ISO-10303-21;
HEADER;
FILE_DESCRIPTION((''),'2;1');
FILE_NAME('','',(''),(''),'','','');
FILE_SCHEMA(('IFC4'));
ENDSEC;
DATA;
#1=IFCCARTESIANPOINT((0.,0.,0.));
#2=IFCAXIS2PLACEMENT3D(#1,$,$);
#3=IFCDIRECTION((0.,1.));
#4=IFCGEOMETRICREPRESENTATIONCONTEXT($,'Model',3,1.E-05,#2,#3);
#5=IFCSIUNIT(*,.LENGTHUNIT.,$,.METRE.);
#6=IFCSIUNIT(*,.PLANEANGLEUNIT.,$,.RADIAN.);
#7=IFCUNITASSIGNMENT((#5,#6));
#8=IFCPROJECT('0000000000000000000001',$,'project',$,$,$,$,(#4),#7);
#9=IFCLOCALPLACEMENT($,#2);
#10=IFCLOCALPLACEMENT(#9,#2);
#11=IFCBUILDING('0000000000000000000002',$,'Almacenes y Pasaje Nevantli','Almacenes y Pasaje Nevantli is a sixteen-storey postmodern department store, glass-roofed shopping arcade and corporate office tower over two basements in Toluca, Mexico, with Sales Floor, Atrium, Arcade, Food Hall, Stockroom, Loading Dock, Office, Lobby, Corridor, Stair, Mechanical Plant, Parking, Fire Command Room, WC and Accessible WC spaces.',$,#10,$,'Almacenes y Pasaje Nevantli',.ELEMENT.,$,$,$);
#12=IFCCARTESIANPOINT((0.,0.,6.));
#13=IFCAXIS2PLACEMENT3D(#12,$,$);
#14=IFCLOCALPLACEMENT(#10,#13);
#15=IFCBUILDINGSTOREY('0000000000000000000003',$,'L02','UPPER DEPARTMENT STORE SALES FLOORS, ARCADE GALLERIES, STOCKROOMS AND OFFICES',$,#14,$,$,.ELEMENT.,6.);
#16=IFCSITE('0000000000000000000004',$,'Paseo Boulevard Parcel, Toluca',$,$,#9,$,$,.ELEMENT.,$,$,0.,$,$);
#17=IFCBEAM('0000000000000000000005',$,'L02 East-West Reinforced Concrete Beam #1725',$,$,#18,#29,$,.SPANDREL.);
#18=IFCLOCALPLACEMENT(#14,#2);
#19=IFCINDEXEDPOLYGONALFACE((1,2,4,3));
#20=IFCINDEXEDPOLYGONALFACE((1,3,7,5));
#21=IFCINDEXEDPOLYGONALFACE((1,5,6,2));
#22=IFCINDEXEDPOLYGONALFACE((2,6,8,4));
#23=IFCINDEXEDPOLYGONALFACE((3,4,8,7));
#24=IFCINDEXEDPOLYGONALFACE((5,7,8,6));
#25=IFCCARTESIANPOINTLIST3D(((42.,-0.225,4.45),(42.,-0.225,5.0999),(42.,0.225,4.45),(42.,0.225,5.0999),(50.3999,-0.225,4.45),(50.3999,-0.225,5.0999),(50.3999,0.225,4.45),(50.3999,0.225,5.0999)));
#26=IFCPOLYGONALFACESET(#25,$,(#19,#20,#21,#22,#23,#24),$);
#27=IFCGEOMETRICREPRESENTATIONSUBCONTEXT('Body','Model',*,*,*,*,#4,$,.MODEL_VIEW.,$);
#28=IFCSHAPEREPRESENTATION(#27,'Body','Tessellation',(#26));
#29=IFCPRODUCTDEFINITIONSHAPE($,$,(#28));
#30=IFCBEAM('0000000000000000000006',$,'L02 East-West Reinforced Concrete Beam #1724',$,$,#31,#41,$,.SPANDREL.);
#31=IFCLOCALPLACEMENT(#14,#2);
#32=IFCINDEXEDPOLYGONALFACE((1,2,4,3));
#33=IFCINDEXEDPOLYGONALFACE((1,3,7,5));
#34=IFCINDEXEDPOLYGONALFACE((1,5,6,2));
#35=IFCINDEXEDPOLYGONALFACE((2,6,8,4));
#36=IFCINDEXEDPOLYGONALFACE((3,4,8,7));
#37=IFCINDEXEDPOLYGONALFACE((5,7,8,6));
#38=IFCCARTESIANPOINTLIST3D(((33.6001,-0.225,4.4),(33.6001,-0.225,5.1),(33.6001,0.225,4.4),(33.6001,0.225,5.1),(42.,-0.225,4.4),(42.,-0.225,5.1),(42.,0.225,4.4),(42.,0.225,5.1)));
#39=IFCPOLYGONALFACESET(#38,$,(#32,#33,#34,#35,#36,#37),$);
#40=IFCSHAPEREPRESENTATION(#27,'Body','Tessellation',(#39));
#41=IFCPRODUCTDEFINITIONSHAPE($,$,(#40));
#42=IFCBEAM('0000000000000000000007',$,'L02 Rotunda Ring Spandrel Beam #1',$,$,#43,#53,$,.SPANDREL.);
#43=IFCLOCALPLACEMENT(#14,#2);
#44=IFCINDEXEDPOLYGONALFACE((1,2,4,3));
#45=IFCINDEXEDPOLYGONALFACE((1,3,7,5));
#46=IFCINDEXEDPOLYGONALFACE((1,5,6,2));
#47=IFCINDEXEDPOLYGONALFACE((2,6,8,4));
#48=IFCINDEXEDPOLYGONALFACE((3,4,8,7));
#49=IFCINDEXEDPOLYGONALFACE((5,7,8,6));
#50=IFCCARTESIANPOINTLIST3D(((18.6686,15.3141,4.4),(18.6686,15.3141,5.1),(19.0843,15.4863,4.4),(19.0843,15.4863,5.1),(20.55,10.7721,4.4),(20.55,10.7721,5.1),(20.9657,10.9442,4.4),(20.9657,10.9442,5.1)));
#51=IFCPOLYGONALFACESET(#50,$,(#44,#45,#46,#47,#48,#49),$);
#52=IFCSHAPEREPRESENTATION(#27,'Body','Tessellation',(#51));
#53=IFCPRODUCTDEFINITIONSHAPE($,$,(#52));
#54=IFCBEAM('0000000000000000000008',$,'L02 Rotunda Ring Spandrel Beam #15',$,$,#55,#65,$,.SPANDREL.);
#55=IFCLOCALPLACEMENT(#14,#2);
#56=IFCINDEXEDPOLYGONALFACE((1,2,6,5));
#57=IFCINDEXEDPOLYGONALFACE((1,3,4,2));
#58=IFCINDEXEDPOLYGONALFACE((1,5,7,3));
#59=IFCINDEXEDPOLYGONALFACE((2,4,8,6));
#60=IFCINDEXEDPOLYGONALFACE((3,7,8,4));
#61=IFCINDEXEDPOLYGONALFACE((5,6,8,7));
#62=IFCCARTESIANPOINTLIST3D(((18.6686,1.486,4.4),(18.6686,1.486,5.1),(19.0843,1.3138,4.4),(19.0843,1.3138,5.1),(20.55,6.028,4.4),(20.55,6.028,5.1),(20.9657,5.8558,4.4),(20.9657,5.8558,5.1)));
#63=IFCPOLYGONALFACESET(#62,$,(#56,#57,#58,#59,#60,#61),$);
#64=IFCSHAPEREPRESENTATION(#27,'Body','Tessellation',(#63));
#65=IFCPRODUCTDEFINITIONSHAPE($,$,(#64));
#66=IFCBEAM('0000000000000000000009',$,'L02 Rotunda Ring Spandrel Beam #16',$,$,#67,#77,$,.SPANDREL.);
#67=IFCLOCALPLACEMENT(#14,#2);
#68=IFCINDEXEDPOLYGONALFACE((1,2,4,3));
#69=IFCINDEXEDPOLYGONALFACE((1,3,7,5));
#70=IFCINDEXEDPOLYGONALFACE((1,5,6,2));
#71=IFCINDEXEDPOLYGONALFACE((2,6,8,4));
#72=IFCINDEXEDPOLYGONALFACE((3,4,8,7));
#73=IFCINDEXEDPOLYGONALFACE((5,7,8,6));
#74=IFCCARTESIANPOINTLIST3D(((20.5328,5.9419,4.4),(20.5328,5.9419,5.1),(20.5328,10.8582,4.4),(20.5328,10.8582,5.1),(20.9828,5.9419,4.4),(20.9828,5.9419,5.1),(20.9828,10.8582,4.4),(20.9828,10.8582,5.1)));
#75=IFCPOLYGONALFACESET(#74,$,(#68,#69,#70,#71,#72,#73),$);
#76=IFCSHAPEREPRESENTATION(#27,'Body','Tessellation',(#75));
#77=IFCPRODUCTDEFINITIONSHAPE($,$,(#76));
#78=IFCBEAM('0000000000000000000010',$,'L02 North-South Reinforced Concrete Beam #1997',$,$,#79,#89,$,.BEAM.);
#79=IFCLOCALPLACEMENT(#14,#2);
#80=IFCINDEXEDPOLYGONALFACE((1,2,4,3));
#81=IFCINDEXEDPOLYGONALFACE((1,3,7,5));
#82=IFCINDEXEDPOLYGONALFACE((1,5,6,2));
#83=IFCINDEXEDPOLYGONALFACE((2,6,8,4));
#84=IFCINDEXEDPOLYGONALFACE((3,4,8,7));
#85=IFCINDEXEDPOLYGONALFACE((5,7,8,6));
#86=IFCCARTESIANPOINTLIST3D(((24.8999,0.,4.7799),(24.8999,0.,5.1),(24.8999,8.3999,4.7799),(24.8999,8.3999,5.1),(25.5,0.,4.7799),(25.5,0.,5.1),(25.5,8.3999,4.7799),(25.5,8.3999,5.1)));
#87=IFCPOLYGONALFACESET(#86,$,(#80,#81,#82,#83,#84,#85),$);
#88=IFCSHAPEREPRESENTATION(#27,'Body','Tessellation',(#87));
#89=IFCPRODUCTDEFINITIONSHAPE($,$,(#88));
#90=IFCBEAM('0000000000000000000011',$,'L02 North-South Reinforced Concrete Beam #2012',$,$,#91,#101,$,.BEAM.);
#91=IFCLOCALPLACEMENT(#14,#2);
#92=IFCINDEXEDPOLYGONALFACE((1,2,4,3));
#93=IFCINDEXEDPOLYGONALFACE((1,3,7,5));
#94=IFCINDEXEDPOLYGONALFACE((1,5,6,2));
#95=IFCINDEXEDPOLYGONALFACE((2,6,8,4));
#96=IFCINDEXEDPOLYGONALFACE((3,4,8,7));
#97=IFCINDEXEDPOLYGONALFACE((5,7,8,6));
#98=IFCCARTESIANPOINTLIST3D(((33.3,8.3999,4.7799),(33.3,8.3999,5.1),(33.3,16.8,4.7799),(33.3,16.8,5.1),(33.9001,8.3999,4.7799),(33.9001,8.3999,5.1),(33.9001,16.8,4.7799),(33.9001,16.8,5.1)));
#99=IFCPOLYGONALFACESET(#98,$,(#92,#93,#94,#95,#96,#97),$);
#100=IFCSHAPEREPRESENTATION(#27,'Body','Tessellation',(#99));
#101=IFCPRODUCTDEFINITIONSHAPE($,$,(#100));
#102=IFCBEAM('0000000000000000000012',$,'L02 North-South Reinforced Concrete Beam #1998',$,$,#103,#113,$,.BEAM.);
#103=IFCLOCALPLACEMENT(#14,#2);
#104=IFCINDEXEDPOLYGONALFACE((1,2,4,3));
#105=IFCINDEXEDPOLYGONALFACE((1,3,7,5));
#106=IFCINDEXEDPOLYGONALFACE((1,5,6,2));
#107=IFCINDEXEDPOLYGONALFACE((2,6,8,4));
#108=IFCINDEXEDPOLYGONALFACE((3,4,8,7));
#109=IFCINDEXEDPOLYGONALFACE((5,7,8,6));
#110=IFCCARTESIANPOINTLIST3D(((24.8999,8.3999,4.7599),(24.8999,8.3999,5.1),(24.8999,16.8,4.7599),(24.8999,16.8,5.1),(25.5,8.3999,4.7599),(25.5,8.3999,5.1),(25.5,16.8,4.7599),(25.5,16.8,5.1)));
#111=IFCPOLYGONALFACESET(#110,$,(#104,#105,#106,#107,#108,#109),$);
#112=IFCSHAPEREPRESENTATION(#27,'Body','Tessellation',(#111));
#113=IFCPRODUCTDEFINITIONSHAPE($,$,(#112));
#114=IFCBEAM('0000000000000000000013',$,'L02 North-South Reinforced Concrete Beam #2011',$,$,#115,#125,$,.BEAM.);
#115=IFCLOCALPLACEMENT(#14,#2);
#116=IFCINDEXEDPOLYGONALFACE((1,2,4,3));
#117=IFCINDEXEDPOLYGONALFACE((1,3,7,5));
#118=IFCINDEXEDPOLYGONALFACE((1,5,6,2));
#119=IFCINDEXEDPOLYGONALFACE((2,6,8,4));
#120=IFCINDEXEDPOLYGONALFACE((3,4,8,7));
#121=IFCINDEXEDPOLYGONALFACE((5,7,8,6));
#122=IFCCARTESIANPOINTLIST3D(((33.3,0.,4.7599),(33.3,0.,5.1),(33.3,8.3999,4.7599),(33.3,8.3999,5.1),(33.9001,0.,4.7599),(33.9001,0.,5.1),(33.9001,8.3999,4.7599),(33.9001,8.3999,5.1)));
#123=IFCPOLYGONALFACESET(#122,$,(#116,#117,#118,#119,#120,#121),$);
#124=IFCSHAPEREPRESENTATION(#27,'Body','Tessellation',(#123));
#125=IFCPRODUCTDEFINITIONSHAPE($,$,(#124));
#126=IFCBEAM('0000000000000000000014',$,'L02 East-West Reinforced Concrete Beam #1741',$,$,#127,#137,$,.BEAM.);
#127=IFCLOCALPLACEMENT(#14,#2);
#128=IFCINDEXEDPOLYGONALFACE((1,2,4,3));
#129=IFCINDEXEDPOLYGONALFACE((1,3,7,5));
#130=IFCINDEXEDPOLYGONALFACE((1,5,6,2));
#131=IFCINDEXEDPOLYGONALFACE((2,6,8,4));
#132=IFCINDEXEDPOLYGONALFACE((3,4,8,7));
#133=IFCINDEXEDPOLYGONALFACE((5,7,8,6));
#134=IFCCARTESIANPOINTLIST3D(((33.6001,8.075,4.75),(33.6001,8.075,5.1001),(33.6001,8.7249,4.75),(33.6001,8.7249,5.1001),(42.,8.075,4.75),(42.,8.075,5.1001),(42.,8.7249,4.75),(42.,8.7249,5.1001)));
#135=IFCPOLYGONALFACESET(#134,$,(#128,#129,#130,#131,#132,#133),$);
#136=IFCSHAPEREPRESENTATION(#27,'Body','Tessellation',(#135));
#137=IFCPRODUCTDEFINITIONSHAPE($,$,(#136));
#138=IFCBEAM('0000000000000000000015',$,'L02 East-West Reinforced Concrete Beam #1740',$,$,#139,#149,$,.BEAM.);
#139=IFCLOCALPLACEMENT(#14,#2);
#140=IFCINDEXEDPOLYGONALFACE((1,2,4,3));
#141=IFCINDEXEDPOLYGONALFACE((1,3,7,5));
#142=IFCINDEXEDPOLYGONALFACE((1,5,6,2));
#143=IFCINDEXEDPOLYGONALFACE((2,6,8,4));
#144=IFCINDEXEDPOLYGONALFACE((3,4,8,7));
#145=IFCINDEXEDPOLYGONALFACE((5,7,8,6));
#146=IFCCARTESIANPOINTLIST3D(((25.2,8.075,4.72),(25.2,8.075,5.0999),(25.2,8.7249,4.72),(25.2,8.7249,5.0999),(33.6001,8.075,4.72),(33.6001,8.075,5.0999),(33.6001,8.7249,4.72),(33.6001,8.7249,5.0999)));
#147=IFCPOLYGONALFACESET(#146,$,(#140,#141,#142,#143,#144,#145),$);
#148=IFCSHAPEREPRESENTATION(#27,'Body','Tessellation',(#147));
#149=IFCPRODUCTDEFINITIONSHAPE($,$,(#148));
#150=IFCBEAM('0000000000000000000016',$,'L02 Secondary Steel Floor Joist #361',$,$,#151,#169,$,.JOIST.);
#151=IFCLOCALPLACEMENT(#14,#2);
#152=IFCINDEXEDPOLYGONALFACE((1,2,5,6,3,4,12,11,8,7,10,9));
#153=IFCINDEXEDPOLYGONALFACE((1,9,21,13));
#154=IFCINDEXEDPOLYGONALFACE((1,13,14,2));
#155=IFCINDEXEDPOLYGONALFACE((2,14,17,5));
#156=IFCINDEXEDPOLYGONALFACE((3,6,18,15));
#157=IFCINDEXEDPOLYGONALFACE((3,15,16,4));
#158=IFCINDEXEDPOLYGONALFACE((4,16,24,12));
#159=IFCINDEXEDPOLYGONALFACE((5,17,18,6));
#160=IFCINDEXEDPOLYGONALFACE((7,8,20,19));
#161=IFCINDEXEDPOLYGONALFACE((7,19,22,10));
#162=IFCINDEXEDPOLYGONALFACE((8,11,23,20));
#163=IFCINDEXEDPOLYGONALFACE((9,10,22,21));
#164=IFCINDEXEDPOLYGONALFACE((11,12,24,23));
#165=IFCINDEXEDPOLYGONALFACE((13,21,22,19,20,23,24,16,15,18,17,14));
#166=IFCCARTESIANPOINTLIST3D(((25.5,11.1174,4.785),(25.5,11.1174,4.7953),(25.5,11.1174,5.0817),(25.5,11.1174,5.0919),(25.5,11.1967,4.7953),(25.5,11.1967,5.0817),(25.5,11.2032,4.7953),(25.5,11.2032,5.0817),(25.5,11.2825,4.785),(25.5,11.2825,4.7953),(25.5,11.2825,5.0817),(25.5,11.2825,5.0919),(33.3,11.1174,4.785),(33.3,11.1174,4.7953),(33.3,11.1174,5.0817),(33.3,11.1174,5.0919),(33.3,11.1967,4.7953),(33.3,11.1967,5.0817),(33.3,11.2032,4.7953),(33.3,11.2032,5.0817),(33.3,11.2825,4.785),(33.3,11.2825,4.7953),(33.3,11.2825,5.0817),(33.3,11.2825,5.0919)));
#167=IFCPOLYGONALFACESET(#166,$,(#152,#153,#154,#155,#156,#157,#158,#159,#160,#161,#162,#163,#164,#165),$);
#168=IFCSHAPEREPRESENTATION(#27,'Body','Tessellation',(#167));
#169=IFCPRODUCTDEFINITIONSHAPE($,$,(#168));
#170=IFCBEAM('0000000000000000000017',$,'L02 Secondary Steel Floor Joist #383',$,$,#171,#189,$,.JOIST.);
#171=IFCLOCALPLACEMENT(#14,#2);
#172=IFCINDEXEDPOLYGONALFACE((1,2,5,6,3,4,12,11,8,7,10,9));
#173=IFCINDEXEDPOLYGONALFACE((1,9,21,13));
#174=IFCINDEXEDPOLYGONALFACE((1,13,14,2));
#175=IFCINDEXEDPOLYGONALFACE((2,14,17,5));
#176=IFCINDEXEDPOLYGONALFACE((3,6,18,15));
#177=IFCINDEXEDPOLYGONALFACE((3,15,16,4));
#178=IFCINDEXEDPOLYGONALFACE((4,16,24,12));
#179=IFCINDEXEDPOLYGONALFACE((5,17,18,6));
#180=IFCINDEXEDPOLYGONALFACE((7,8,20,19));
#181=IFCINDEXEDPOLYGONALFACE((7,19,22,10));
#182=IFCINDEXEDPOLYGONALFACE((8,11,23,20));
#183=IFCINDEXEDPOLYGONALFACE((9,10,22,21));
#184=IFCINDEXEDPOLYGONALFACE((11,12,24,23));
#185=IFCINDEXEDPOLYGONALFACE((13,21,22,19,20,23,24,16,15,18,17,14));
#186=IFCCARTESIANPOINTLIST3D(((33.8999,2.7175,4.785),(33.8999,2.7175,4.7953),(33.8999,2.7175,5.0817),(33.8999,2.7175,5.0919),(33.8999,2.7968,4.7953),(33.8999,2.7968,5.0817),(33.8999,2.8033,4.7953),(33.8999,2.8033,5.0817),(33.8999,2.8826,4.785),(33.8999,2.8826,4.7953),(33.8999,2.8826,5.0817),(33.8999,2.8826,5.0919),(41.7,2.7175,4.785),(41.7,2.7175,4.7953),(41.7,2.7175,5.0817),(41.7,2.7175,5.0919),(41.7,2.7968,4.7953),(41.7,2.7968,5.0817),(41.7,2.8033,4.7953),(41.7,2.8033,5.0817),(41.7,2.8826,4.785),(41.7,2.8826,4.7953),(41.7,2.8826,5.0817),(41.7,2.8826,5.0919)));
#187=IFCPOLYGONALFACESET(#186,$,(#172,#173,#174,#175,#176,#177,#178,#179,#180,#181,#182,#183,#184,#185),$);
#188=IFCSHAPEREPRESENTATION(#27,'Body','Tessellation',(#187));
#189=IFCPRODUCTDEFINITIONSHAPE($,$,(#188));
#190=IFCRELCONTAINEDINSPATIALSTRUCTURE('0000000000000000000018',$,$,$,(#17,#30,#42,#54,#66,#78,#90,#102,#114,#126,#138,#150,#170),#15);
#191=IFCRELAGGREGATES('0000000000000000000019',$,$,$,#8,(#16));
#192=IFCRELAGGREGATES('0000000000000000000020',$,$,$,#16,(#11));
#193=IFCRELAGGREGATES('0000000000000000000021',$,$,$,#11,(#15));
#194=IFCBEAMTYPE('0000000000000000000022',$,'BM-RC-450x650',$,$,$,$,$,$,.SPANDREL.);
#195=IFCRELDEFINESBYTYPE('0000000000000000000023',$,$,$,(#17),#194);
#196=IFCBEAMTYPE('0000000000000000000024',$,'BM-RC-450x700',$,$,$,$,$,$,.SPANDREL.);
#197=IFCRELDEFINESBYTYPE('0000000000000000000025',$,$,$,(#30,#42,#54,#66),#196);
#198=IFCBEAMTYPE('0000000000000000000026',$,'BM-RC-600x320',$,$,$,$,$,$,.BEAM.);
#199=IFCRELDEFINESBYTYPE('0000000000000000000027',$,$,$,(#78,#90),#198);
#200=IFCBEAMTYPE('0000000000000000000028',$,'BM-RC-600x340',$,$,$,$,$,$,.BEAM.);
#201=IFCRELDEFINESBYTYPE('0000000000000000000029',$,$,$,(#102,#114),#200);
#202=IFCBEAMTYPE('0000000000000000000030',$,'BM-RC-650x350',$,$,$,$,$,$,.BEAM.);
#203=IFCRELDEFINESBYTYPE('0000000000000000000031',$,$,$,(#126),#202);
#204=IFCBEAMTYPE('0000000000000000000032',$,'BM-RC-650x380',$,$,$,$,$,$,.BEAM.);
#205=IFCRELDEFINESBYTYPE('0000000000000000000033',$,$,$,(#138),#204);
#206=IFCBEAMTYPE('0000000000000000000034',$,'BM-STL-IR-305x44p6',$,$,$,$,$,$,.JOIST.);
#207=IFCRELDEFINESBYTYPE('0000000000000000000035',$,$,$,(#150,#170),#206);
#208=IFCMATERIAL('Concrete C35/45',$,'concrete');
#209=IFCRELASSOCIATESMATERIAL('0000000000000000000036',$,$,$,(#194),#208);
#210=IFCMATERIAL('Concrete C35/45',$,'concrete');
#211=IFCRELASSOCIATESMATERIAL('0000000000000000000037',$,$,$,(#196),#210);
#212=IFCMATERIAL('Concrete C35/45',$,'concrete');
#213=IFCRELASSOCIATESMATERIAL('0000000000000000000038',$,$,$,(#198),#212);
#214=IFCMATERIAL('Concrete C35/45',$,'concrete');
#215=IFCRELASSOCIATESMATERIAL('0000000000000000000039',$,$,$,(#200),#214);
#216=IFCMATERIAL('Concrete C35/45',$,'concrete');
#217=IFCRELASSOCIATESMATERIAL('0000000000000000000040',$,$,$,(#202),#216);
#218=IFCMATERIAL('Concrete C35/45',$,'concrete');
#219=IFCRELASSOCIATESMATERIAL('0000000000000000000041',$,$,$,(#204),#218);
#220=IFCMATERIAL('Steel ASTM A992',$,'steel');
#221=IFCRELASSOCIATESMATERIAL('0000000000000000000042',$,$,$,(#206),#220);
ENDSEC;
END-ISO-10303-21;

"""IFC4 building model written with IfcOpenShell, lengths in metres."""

from ifc_helpers import new_model, si_unit, direction, frame, origin, origin_2d, place, context, subcontext, project, spatial, rectangle, i_section, extrude, material, material_profile, profile_set, type_object, element, save


model = new_model("IFC4")

# Units and contexts
model_context = context("Model", 3, precision=1e-05, world=origin(), true_north=direction((0.0, 1.0)))
body_context = subcontext(model_context, "Body", "Model", "MODEL_VIEW")
ifc_project = project(units=[si_unit("LENGTHUNIT", "METRE"), si_unit("PLANEANGLEUNIT", "RADIAN")], contexts=[model_context])

# Site, building, storey
site_placement = place(None, origin())
site = spatial("IfcSite", under=ifc_project, at=site_placement, Name="Paseo Boulevard Parcel, Toluca", CompositionType="ELEMENT", RefElevation=0.0)
building_placement = place(site_placement, origin())
building = spatial("IfcBuilding", under=site, at=building_placement, Name="Almacenes y Pasaje Nevantli", Description="Almacenes y Pasaje Nevantli is a sixteen-storey postmodern department store, glass-roofed shopping arcade and corporate office tower over two basements in Toluca, Mexico, with Sales Floor, Atrium, Arcade, Food Hall, Stockroom, Loading Dock, Office, Lobby, Corridor, Stair, Mechanical Plant, Parking, Fire Command Room, WC and Accessible WC spaces.", LongName="Almacenes y Pasaje Nevantli", CompositionType="ELEMENT")
storey_placement = place(building_placement, frame((0.0, 0.0, 6.0)))
storey = spatial("IfcBuildingStorey", under=building, at=storey_placement, Name="L02", Description="UPPER DEPARTMENT STORE SALES FLOORS, ARCADE GALLERIES, STOCKROOMS AND OFFICES", CompositionType="ELEMENT", Elevation=6.0)

# Beams
ifc_material_1 = material(Name="Concrete C35/45", Category="concrete")
ifc_material_profile_1 = material_profile(ifc_material_1, rectangle(XDim=0.45, YDim=0.6499, at=origin_2d()), Name="RC-BM-450x650")
ifc_profile_set_1 = profile_set([ifc_material_profile_1], Name="Concrete C35/45")
beam_type_1 = type_object("IfcBeamType", Name="BM-RC-450x650", PredefinedType="SPANDREL", material=ifc_profile_set_1)
beam_1_placement = place(storey_placement, frame((42.0, 0.0, 4.7749), z_axis=(1.0, 0.0, 0.0), x_axis=(0.0, 1.0, 0.0)))
element("IfcBeam", 1, at=beam_1_placement, inside=storey, type_object=beam_type_1, Name="L02 East-West Reinforced Concrete Beam #1725", PredefinedType="SPANDREL", context=body_context, shape_type="SweptSolid", body=[
    extrude(rectangle(XDim=0.45, YDim=0.6499, at=origin_2d()), origin(), (0.0, 0.0, 1.0), 8.3999),
])
ifc_material_2 = material(Name="Concrete C35/45", Category="concrete")
ifc_material_profile_2 = material_profile(ifc_material_2, rectangle(XDim=0.45, YDim=0.7, at=origin_2d()), Name="RC-BM-450x700")
ifc_profile_set_2 = profile_set([ifc_material_profile_2], Name="Concrete C35/45")
beam_type_2 = type_object("IfcBeamType", Name="BM-RC-450x700", PredefinedType="SPANDREL", material=ifc_profile_set_2)
beam_2_placement = place(storey_placement, frame((33.6001, 0.0, 4.75), z_axis=(1.0, 0.0, 0.0), x_axis=(0.0, 1.0, 0.0)))
element("IfcBeam", 2, at=beam_2_placement, inside=storey, type_object=beam_type_2, Name="L02 East-West Reinforced Concrete Beam #1724", PredefinedType="SPANDREL", context=body_context, shape_type="SweptSolid", body=[
    extrude(rectangle(XDim=0.45, YDim=0.7, at=origin_2d()), origin(), (0.0, 0.0, 1.0), 8.3999),
])
for number, where, z_axis, x_axis, name in (
    (3, (20.7578, 10.8582, 4.75), (-0.382682, 0.92388, 0.0), (-0.92388, -0.382682, 0.0), "L02 Rotunda Ring Spandrel Beam #1"),
    (4, (18.8765, 1.3999, 4.75), (0.382682, 0.92388, 0.0), (-0.92388, 0.382682, 0.0), "L02 Rotunda Ring Spandrel Beam #15"),
    (5, (20.7578, 5.9419, 4.75), (0.0, 1.0, 0.0), (-1.0, 0.0, 0.0), "L02 Rotunda Ring Spandrel Beam #16"),
):
    element("IfcBeam", number, at=place(storey_placement, frame(where, z_axis=z_axis, x_axis=x_axis)), inside=storey, type_object=beam_type_2, Name=name, PredefinedType="SPANDREL", context=body_context, shape_type="SweptSolid", body=[
        extrude(rectangle(XDim=0.45, YDim=0.7, at=origin_2d()), origin(), (0.0, 0.0, 1.0), 4.9163),
    ])
ifc_material_3 = material(Name="Concrete C35/45", Category="concrete")
ifc_material_profile_3 = material_profile(ifc_material_3, rectangle(XDim=0.6001, YDim=0.3201, at=origin_2d()), Name="RC-BM-600x320")
ifc_profile_set_3 = profile_set([ifc_material_profile_3], Name="Concrete C35/45")
beam_type_3 = type_object("IfcBeamType", Name="BM-RC-600x320", PredefinedType="BEAM", material=ifc_profile_set_3)
beam_3_placement = place(storey_placement, frame((25.2, 0.0, 4.9399), z_axis=(0.0, 1.0, 0.0), x_axis=(-1.0, 0.0, 0.0)))
element("IfcBeam", 6, at=beam_3_placement, inside=storey, type_object=beam_type_3, Name="L02 North-South Reinforced Concrete Beam #1997", PredefinedType="BEAM", context=body_context, shape_type="SweptSolid", body=[
    extrude(rectangle(XDim=0.6001, YDim=0.3201, at=origin_2d()), origin(), (0.0, 0.0, 1.0), 8.3999),
])
beam_4_placement = place(storey_placement, frame((33.6001, 8.3999, 4.9399), z_axis=(0.0, 1.0, 0.0), x_axis=(-1.0, 0.0, 0.0)))
element("IfcBeam", 7, at=beam_4_placement, inside=storey, type_object=beam_type_3, Name="L02 North-South Reinforced Concrete Beam #2012", PredefinedType="BEAM", context=body_context, shape_type="SweptSolid", body=[
    extrude(rectangle(XDim=0.6001, YDim=0.3201, at=origin_2d()), origin(), (0.0, 0.0, 1.0), 8.4001),
])
ifc_material_4 = material(Name="Concrete C35/45", Category="concrete")
ifc_material_profile_4 = material_profile(ifc_material_4, rectangle(XDim=0.6001, YDim=0.3401, at=origin_2d()), Name="RC-BM-600x340")
ifc_profile_set_4 = profile_set([ifc_material_profile_4], Name="Concrete C35/45")
beam_type_4 = type_object("IfcBeamType", Name="BM-RC-600x340", PredefinedType="BEAM", material=ifc_profile_set_4)
beam_5_placement = place(storey_placement, frame((25.2, 8.3999, 4.9299), z_axis=(0.0, 1.0, 0.0), x_axis=(-1.0, 0.0, 0.0)))
element("IfcBeam", 8, at=beam_5_placement, inside=storey, type_object=beam_type_4, Name="L02 North-South Reinforced Concrete Beam #1998", PredefinedType="BEAM", context=body_context, shape_type="SweptSolid", body=[
    extrude(rectangle(XDim=0.6001, YDim=0.3401, at=origin_2d()), origin(), (0.0, 0.0, 1.0), 8.4001),
])
beam_6_placement = place(storey_placement, frame((33.6001, 0.0, 4.9299), z_axis=(0.0, 1.0, 0.0), x_axis=(-1.0, 0.0, 0.0)))
element("IfcBeam", 9, at=beam_6_placement, inside=storey, type_object=beam_type_4, Name="L02 North-South Reinforced Concrete Beam #2011", PredefinedType="BEAM", context=body_context, shape_type="SweptSolid", body=[
    extrude(rectangle(XDim=0.6001, YDim=0.3401, at=origin_2d()), origin(), (0.0, 0.0, 1.0), 8.3999),
])
ifc_material_5 = material(Name="Concrete C35/45", Category="concrete")
ifc_material_profile_5 = material_profile(ifc_material_5, rectangle(XDim=0.6499, YDim=0.3501, at=origin_2d()), Name="RC-BM-650x350")
ifc_profile_set_5 = profile_set([ifc_material_profile_5], Name="Concrete C35/45")
beam_type_5 = type_object("IfcBeamType", Name="BM-RC-650x350", PredefinedType="BEAM", material=ifc_profile_set_5)
beam_7_placement = place(storey_placement, frame((33.6001, 8.3999, 4.925), z_axis=(1.0, 0.0, 0.0), x_axis=(0.0, 1.0, 0.0)))
element("IfcBeam", 10, at=beam_7_placement, inside=storey, type_object=beam_type_5, Name="L02 East-West Reinforced Concrete Beam #1741", PredefinedType="BEAM", context=body_context, shape_type="SweptSolid", body=[
    extrude(rectangle(XDim=0.6499, YDim=0.3501, at=origin_2d()), origin(), (0.0, 0.0, 1.0), 8.3999),
])
ifc_material_6 = material(Name="Concrete C35/45", Category="concrete")
ifc_material_profile_6 = material_profile(ifc_material_6, rectangle(XDim=0.6499, YDim=0.3799, at=origin_2d()), Name="RC-BM-650x380")
ifc_profile_set_6 = profile_set([ifc_material_profile_6], Name="Concrete C35/45")
beam_type_6 = type_object("IfcBeamType", Name="BM-RC-650x380", PredefinedType="BEAM", material=ifc_profile_set_6)
beam_8_placement = place(storey_placement, frame((25.2, 8.3999, 4.9099), z_axis=(1.0, 0.0, 0.0), x_axis=(0.0, 1.0, 0.0)))
element("IfcBeam", 11, at=beam_8_placement, inside=storey, type_object=beam_type_6, Name="L02 East-West Reinforced Concrete Beam #1740", PredefinedType="BEAM", context=body_context, shape_type="SweptSolid", body=[
    extrude(rectangle(XDim=0.6499, YDim=0.3799, at=origin_2d()), origin(), (0.0, 0.0, 1.0), 8.4001),
])
ifc_material_7 = material(Name="Steel ASTM A992", Category="steel")
ifc_material_profile_7 = material_profile(ifc_material_7, i_section(OverallWidth=0.165, OverallDepth=0.3069, WebThickness=0.0066, FlangeThickness=0.0103, at=origin_2d()), Name="IR 305x44.6")
ifc_profile_set_7 = profile_set([ifc_material_profile_7], Name="Steel ASTM A992")
beam_type_7 = type_object("IfcBeamType", Name="BM-STL-IR-305x44p6", PredefinedType="JOIST", material=ifc_profile_set_7)
for number, where, z_axis, x_axis, name in (
    (12, (25.5, 11.2, 4.9385), (1.0, 0.0, 0.0), (0.0, 1.0, 0.0), "L02 Secondary Steel Floor Joist #361"),
    (13, (33.8999, 2.8, 4.9385), (1.0, 0.0, 0.0), (0.0, 1.0, 0.0), "L02 Secondary Steel Floor Joist #383"),
):
    element("IfcBeam", number, at=place(storey_placement, frame(where, z_axis=z_axis, x_axis=x_axis)), inside=storey, type_object=beam_type_7, Name=name, PredefinedType="JOIST", context=body_context, shape_type="SweptSolid", body=[
        extrude(i_section(OverallWidth=0.165, OverallDepth=0.3069, WebThickness=0.0066, FlangeThickness=0.0103, at=origin_2d()), origin(), (0.0, 0.0, 1.0), 7.8),
    ])

save(model, "model.ifc")
